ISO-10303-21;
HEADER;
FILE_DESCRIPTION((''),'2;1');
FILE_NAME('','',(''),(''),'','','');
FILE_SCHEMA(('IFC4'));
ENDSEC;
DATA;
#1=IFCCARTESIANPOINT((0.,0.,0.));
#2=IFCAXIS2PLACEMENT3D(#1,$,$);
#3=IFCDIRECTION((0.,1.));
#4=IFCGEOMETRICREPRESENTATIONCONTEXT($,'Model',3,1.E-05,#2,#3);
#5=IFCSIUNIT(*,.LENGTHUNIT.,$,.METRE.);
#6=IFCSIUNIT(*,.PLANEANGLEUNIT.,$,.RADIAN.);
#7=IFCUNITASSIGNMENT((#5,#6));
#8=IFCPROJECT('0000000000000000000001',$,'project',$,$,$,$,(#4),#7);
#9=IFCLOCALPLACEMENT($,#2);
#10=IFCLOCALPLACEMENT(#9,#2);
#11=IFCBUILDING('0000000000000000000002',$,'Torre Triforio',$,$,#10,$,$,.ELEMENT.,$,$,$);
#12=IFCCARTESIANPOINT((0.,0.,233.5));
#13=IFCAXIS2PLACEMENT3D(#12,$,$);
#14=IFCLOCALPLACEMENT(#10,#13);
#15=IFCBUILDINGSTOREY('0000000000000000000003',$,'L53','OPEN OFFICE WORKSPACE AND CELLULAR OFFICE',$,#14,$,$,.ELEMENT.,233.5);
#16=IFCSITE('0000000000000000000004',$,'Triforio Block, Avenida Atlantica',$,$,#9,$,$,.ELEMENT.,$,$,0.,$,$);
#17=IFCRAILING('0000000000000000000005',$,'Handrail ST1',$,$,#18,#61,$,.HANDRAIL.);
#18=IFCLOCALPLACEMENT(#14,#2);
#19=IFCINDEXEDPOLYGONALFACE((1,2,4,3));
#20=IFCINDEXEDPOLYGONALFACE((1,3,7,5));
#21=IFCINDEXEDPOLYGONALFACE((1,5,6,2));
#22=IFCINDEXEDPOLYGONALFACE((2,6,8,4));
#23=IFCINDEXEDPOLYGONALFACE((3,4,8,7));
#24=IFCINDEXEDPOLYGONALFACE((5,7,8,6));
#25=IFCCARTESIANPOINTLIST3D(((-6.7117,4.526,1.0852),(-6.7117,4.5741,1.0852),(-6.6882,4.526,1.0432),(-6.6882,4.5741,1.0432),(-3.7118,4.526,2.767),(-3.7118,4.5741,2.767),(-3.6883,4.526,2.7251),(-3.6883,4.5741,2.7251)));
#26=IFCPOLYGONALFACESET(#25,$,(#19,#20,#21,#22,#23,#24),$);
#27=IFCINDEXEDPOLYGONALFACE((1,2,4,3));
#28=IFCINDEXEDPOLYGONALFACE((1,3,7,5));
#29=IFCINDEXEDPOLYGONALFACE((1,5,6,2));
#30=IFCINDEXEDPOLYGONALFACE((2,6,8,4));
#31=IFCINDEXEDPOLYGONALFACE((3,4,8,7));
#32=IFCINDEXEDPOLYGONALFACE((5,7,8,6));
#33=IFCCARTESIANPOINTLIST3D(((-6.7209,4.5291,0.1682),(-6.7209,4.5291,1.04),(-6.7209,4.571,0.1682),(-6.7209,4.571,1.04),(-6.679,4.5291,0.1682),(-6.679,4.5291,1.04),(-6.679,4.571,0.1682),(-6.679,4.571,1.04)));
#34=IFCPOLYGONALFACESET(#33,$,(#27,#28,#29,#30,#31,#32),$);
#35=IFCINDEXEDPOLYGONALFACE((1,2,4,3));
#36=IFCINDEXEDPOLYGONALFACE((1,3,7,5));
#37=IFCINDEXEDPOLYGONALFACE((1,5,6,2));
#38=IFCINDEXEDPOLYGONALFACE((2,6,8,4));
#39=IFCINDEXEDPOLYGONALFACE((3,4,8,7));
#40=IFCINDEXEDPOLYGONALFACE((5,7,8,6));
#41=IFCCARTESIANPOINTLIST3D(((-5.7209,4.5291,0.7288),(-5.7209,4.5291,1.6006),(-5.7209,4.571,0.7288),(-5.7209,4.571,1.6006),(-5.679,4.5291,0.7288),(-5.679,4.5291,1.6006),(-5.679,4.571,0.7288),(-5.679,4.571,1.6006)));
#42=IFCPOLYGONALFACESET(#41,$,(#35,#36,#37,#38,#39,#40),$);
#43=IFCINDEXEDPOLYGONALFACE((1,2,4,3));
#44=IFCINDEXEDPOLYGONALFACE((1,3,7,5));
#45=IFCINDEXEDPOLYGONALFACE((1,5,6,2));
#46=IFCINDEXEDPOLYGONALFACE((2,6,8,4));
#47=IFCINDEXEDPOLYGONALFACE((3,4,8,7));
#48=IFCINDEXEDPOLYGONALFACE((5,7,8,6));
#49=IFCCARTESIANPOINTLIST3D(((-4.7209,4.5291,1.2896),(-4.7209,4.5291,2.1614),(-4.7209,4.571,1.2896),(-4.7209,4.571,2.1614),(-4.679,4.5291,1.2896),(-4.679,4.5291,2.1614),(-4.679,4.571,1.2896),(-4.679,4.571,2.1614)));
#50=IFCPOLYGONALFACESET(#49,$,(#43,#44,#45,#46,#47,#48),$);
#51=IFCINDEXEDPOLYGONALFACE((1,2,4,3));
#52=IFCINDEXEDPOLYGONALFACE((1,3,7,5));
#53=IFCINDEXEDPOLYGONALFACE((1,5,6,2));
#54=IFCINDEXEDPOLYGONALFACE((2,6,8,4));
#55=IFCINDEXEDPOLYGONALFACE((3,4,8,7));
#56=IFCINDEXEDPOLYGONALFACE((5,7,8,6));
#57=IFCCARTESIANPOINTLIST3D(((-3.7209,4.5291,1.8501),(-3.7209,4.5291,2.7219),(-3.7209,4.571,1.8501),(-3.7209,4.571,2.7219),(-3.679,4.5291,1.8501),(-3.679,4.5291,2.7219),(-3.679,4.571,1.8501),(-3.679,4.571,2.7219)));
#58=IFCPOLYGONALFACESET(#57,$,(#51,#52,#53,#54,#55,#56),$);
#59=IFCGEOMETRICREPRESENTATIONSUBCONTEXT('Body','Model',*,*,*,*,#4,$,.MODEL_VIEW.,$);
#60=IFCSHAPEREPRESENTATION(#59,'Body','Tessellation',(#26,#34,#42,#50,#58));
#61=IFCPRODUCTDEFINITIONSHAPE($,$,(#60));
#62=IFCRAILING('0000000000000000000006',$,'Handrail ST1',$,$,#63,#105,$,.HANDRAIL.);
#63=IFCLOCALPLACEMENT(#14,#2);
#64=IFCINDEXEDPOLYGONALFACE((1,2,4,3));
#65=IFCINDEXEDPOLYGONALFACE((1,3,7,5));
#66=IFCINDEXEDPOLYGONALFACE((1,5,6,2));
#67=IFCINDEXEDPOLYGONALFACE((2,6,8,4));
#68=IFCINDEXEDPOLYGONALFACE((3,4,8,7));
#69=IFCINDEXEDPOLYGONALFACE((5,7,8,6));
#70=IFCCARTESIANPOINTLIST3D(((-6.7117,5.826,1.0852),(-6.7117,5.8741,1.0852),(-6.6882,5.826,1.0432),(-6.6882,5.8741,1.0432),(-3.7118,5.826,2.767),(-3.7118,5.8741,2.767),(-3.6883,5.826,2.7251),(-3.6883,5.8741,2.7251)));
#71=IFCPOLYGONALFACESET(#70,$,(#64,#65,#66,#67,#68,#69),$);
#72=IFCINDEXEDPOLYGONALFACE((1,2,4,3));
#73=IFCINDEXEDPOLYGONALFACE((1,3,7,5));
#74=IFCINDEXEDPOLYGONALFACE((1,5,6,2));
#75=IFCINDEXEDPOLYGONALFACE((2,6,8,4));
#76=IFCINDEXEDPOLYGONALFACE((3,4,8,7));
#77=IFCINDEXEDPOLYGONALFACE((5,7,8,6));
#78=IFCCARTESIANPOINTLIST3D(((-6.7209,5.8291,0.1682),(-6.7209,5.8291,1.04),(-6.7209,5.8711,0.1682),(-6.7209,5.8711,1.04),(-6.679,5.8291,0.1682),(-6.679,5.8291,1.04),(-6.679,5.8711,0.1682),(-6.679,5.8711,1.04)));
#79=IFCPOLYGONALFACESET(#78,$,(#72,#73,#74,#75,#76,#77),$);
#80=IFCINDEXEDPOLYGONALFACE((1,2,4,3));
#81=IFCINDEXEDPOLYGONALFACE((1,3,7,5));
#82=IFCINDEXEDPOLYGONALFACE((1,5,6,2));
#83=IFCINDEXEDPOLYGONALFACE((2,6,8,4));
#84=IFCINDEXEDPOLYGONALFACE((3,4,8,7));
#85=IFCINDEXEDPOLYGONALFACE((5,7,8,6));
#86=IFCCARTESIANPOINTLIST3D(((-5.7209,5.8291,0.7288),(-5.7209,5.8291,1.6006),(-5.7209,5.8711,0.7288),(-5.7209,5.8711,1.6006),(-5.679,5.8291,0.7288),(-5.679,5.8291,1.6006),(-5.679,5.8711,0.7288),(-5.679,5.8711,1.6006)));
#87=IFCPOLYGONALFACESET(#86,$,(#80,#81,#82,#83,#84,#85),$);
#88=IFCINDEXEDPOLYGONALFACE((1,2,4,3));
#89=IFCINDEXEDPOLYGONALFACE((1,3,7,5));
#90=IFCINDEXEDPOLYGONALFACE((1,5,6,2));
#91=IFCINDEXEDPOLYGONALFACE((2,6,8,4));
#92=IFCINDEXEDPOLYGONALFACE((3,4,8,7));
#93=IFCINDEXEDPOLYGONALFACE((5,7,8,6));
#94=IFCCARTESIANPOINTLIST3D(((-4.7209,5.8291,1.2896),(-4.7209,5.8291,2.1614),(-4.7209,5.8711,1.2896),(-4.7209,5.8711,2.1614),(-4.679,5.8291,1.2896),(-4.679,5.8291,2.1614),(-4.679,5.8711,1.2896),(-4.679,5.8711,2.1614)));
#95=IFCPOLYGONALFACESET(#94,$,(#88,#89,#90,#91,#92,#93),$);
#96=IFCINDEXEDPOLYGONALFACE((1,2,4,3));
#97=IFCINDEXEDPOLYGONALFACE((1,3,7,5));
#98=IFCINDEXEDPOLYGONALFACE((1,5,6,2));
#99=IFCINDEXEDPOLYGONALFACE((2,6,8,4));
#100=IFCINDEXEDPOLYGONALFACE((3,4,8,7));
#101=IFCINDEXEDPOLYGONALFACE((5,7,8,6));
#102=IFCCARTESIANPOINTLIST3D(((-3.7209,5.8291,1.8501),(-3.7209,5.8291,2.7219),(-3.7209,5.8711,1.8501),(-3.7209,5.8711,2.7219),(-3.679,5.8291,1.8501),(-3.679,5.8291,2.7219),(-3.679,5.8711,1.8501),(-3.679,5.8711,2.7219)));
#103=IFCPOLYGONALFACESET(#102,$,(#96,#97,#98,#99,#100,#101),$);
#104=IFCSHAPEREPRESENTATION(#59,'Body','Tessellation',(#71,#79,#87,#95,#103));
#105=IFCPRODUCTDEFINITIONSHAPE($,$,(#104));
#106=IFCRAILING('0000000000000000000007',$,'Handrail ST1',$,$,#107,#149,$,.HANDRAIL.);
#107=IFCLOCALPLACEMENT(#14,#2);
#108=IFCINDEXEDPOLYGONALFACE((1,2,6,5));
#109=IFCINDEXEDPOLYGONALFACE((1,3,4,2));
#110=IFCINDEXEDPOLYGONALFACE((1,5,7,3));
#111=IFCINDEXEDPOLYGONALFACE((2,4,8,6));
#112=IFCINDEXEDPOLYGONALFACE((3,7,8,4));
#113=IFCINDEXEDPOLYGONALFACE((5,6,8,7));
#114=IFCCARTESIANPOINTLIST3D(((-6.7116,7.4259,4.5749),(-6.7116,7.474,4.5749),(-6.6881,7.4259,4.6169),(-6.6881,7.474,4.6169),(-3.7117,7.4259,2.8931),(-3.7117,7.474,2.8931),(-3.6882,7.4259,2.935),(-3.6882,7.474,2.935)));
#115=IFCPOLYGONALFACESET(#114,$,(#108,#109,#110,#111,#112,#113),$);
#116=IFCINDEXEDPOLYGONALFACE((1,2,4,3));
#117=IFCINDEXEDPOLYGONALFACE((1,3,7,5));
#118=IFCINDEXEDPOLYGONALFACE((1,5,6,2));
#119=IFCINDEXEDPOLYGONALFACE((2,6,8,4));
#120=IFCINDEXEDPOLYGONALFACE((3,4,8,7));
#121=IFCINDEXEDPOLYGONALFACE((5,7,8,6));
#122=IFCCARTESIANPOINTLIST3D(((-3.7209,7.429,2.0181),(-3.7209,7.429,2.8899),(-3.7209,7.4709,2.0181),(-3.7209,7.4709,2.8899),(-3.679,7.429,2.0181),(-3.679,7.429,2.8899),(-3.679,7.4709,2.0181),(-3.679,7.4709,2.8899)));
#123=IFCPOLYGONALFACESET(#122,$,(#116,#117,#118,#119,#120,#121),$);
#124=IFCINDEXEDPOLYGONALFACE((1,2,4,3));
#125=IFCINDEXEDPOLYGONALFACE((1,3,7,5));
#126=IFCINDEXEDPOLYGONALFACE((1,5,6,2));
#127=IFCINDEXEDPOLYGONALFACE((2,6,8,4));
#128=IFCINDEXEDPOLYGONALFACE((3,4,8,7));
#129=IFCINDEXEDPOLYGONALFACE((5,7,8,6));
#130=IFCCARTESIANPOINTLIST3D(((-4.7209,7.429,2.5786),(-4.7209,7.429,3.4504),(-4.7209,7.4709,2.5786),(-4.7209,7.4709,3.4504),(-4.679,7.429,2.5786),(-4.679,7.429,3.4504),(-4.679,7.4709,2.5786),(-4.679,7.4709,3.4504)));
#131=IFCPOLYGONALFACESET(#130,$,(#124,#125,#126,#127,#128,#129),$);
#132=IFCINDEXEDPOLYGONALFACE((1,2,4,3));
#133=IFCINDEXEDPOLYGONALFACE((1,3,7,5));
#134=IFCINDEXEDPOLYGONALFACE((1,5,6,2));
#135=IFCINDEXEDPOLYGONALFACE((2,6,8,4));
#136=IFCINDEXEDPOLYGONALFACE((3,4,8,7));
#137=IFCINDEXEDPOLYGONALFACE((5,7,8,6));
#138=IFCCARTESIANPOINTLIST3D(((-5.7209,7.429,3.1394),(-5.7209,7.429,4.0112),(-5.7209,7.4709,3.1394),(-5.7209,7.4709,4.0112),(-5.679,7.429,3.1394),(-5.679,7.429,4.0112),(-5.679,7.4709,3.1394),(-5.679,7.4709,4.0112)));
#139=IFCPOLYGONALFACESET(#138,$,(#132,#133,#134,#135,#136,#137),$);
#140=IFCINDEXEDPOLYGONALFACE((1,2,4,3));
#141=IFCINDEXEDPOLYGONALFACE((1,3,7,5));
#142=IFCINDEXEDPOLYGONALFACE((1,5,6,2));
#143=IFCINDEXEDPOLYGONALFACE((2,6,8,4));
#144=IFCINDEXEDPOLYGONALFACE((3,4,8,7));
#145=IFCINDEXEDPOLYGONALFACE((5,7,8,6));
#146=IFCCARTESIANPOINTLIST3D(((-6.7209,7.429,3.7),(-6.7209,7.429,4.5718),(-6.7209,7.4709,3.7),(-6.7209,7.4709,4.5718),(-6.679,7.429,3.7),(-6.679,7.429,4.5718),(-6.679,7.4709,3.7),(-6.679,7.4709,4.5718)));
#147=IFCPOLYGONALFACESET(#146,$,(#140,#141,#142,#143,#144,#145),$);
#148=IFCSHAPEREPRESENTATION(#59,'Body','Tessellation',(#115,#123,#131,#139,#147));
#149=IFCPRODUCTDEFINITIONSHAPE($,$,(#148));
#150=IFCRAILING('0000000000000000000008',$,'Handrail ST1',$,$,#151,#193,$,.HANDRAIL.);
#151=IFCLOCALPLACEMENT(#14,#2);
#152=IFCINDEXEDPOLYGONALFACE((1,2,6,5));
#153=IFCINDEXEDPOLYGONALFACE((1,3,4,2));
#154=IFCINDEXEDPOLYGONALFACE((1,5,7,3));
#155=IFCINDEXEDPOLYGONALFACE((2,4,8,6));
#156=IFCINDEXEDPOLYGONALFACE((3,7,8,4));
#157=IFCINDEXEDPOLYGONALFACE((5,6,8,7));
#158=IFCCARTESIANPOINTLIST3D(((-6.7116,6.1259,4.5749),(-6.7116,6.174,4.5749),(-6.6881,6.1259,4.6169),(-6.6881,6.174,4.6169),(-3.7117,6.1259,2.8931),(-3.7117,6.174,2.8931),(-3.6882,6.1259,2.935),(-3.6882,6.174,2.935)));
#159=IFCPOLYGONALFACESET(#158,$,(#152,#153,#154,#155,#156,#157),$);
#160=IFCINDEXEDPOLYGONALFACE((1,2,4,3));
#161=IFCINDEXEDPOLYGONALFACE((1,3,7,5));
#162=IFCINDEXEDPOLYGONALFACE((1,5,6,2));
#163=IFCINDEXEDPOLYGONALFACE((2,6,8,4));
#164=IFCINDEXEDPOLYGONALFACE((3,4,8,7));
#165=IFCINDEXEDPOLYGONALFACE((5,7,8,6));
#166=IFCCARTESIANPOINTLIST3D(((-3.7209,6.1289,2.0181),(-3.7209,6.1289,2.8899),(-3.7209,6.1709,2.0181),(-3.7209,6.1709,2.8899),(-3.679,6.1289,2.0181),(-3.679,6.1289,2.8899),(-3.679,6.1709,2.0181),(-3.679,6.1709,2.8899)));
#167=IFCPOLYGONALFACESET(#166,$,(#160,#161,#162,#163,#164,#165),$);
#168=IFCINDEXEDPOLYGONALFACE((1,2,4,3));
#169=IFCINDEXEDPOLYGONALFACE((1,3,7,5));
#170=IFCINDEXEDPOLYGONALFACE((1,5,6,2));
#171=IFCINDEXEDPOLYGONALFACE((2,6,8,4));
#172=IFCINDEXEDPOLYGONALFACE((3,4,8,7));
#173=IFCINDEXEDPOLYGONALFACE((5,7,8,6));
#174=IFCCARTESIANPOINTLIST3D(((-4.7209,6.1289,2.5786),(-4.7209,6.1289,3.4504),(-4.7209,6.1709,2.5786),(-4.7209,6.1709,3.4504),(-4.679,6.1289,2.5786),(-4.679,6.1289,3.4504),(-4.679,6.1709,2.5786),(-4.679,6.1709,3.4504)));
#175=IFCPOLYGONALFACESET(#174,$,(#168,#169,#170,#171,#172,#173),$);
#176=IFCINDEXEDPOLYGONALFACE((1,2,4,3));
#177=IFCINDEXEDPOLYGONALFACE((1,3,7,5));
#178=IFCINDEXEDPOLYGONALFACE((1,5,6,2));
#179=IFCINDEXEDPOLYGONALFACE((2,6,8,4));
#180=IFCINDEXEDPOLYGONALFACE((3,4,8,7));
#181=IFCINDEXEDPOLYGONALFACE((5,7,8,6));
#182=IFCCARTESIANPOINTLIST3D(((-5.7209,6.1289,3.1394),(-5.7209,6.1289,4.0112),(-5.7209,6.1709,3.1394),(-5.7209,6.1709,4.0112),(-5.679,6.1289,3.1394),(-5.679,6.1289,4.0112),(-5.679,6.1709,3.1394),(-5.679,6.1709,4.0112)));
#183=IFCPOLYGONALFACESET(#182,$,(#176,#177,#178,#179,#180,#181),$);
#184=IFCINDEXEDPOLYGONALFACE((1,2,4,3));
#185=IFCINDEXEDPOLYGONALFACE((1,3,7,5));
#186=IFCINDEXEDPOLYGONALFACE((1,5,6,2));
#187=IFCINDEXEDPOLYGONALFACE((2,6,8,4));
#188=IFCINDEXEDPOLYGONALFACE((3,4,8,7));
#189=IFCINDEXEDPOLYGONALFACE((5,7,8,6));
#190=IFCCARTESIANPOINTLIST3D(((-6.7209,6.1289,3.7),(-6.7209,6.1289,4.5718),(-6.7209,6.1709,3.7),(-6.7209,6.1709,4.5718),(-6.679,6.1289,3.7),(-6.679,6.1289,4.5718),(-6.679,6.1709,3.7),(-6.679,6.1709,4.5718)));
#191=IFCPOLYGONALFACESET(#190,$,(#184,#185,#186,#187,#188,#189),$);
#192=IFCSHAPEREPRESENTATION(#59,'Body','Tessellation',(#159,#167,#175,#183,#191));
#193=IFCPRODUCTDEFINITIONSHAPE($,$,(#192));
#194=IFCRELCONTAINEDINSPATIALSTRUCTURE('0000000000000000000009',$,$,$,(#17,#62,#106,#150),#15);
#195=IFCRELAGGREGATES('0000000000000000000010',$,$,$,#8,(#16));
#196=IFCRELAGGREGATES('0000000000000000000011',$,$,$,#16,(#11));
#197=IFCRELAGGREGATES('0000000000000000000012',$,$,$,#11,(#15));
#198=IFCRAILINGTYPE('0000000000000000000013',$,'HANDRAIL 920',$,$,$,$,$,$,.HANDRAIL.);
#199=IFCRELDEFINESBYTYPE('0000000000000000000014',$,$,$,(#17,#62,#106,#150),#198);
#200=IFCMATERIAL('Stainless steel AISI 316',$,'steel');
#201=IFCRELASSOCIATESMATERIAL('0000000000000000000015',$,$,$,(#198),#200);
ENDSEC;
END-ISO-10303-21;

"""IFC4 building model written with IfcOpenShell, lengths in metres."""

from ifc_helpers import new_model, si_unit, direction, frame, origin, origin_2d, place, context, subcontext, project, spatial, rectangle, extrude, material, type_object, element, save


model = new_model("IFC4")

# Units and contexts
model_context = context("Model", 3, precision=1e-05, world=origin(), true_north=direction((0.0, 1.0)))
body_context = subcontext(model_context, "Body", "Model", "MODEL_VIEW")
ifc_project = project(units=[si_unit("LENGTHUNIT", "METRE"), si_unit("PLANEANGLEUNIT", "RADIAN")], contexts=[model_context])

# Site, building, storey
site_placement = place(None, origin())
site = spatial("IfcSite", under=ifc_project, at=site_placement, Name="Triforio Block, Avenida Atlantica", CompositionType="ELEMENT", RefElevation=0.0)
building_placement = place(site_placement, origin())
building = spatial("IfcBuilding", under=site, at=building_placement, Name="Torre Triforio", CompositionType="ELEMENT")
storey_placement = place(building_placement, frame((0.0, 0.0, 233.5)))
storey = spatial("IfcBuildingStorey", under=building, at=storey_placement, Name="L53", Description="OPEN OFFICE WORKSPACE AND CELLULAR OFFICE", CompositionType="ELEMENT", Elevation=233.5)

# Railings
ifc_material_1 = material(Name="Stainless steel AISI 316", Category="steel")
railing_type = type_object("IfcRailingType", Name="HANDRAIL 920", PredefinedType="HANDRAIL", material=ifc_material_1)
for number, where, name in (
    (1, (-6.7, 4.55, 0.1682), "Handrail ST1"),
    (2, (-6.7, 5.8501, 0.1682), "Handrail ST1"),
):
    element("IfcRailing", number, at=place(storey_placement, frame(where)), inside=storey, type_object=railing_type, Name=name, PredefinedType="HANDRAIL", context=body_context, shape_type="SweptSolid", body=[
        extrude(rectangle(XDim=0.0481, YDim=0.0481, at=origin_2d()), frame((0.0, 0.0, 0.896), z_axis=(0.872272, 0.0, 0.48902), x_axis=(0.0, 1.0, 0.0)), (0.0, 0.0, 1.0), 3.4392),
        extrude(rectangle(XDim=0.042, YDim=0.042, at=origin_2d()), origin(), (0.0, 0.0, 1.0), 0.8718),
        extrude(rectangle(XDim=0.042, YDim=0.042, at=origin_2d()), frame((1.0, 0.0, 0.5605)), (0.0, 0.0, 1.0), 0.8718),
        extrude(rectangle(XDim=0.042, YDim=0.042, at=origin_2d()), frame((2.0, 0.0, 1.1213)), (0.0, 0.0, 1.0), 0.8718),
        extrude(rectangle(XDim=0.042, YDim=0.042, at=origin_2d()), frame((3.0, 0.0, 1.6819)), (0.0, 0.0, 1.0), 0.8718),
    ])
for number, where, name in (
    (3, (-3.7, 7.45, 2.0181), "Handrail ST1"),
    (4, (-3.7, 6.1499, 2.0181), "Handrail ST1"),
):
    element("IfcRailing", number, at=place(storey_placement, frame(where)), inside=storey, type_object=railing_type, Name=name, PredefinedType="HANDRAIL", context=body_context, shape_type="SweptSolid", body=[
        extrude(rectangle(XDim=0.0481, YDim=0.0481, at=origin_2d()), frame((0.0, 0.0, 0.896), z_axis=(-0.872272, 0.0, 0.48902), x_axis=(0.0, -1.0, 0.0)), (0.0, 0.0, 1.0), 3.4392),
        extrude(rectangle(XDim=0.042, YDim=0.042, at=origin_2d()), origin(), (0.0, 0.0, 1.0), 0.8718),
        extrude(rectangle(XDim=0.042, YDim=0.042, at=origin_2d()), frame((-1.0, 0.0, 0.5605)), (0.0, 0.0, 1.0), 0.8718),
        extrude(rectangle(XDim=0.042, YDim=0.042, at=origin_2d()), frame((-2.0, 0.0, 1.1213)), (0.0, 0.0, 1.0), 0.8718),
        extrude(rectangle(XDim=0.042, YDim=0.042, at=origin_2d()), frame((-3.0, 0.0, 1.6819)), (0.0, 0.0, 1.0), 0.8718),
    ])

save(model, "model.ifc")
